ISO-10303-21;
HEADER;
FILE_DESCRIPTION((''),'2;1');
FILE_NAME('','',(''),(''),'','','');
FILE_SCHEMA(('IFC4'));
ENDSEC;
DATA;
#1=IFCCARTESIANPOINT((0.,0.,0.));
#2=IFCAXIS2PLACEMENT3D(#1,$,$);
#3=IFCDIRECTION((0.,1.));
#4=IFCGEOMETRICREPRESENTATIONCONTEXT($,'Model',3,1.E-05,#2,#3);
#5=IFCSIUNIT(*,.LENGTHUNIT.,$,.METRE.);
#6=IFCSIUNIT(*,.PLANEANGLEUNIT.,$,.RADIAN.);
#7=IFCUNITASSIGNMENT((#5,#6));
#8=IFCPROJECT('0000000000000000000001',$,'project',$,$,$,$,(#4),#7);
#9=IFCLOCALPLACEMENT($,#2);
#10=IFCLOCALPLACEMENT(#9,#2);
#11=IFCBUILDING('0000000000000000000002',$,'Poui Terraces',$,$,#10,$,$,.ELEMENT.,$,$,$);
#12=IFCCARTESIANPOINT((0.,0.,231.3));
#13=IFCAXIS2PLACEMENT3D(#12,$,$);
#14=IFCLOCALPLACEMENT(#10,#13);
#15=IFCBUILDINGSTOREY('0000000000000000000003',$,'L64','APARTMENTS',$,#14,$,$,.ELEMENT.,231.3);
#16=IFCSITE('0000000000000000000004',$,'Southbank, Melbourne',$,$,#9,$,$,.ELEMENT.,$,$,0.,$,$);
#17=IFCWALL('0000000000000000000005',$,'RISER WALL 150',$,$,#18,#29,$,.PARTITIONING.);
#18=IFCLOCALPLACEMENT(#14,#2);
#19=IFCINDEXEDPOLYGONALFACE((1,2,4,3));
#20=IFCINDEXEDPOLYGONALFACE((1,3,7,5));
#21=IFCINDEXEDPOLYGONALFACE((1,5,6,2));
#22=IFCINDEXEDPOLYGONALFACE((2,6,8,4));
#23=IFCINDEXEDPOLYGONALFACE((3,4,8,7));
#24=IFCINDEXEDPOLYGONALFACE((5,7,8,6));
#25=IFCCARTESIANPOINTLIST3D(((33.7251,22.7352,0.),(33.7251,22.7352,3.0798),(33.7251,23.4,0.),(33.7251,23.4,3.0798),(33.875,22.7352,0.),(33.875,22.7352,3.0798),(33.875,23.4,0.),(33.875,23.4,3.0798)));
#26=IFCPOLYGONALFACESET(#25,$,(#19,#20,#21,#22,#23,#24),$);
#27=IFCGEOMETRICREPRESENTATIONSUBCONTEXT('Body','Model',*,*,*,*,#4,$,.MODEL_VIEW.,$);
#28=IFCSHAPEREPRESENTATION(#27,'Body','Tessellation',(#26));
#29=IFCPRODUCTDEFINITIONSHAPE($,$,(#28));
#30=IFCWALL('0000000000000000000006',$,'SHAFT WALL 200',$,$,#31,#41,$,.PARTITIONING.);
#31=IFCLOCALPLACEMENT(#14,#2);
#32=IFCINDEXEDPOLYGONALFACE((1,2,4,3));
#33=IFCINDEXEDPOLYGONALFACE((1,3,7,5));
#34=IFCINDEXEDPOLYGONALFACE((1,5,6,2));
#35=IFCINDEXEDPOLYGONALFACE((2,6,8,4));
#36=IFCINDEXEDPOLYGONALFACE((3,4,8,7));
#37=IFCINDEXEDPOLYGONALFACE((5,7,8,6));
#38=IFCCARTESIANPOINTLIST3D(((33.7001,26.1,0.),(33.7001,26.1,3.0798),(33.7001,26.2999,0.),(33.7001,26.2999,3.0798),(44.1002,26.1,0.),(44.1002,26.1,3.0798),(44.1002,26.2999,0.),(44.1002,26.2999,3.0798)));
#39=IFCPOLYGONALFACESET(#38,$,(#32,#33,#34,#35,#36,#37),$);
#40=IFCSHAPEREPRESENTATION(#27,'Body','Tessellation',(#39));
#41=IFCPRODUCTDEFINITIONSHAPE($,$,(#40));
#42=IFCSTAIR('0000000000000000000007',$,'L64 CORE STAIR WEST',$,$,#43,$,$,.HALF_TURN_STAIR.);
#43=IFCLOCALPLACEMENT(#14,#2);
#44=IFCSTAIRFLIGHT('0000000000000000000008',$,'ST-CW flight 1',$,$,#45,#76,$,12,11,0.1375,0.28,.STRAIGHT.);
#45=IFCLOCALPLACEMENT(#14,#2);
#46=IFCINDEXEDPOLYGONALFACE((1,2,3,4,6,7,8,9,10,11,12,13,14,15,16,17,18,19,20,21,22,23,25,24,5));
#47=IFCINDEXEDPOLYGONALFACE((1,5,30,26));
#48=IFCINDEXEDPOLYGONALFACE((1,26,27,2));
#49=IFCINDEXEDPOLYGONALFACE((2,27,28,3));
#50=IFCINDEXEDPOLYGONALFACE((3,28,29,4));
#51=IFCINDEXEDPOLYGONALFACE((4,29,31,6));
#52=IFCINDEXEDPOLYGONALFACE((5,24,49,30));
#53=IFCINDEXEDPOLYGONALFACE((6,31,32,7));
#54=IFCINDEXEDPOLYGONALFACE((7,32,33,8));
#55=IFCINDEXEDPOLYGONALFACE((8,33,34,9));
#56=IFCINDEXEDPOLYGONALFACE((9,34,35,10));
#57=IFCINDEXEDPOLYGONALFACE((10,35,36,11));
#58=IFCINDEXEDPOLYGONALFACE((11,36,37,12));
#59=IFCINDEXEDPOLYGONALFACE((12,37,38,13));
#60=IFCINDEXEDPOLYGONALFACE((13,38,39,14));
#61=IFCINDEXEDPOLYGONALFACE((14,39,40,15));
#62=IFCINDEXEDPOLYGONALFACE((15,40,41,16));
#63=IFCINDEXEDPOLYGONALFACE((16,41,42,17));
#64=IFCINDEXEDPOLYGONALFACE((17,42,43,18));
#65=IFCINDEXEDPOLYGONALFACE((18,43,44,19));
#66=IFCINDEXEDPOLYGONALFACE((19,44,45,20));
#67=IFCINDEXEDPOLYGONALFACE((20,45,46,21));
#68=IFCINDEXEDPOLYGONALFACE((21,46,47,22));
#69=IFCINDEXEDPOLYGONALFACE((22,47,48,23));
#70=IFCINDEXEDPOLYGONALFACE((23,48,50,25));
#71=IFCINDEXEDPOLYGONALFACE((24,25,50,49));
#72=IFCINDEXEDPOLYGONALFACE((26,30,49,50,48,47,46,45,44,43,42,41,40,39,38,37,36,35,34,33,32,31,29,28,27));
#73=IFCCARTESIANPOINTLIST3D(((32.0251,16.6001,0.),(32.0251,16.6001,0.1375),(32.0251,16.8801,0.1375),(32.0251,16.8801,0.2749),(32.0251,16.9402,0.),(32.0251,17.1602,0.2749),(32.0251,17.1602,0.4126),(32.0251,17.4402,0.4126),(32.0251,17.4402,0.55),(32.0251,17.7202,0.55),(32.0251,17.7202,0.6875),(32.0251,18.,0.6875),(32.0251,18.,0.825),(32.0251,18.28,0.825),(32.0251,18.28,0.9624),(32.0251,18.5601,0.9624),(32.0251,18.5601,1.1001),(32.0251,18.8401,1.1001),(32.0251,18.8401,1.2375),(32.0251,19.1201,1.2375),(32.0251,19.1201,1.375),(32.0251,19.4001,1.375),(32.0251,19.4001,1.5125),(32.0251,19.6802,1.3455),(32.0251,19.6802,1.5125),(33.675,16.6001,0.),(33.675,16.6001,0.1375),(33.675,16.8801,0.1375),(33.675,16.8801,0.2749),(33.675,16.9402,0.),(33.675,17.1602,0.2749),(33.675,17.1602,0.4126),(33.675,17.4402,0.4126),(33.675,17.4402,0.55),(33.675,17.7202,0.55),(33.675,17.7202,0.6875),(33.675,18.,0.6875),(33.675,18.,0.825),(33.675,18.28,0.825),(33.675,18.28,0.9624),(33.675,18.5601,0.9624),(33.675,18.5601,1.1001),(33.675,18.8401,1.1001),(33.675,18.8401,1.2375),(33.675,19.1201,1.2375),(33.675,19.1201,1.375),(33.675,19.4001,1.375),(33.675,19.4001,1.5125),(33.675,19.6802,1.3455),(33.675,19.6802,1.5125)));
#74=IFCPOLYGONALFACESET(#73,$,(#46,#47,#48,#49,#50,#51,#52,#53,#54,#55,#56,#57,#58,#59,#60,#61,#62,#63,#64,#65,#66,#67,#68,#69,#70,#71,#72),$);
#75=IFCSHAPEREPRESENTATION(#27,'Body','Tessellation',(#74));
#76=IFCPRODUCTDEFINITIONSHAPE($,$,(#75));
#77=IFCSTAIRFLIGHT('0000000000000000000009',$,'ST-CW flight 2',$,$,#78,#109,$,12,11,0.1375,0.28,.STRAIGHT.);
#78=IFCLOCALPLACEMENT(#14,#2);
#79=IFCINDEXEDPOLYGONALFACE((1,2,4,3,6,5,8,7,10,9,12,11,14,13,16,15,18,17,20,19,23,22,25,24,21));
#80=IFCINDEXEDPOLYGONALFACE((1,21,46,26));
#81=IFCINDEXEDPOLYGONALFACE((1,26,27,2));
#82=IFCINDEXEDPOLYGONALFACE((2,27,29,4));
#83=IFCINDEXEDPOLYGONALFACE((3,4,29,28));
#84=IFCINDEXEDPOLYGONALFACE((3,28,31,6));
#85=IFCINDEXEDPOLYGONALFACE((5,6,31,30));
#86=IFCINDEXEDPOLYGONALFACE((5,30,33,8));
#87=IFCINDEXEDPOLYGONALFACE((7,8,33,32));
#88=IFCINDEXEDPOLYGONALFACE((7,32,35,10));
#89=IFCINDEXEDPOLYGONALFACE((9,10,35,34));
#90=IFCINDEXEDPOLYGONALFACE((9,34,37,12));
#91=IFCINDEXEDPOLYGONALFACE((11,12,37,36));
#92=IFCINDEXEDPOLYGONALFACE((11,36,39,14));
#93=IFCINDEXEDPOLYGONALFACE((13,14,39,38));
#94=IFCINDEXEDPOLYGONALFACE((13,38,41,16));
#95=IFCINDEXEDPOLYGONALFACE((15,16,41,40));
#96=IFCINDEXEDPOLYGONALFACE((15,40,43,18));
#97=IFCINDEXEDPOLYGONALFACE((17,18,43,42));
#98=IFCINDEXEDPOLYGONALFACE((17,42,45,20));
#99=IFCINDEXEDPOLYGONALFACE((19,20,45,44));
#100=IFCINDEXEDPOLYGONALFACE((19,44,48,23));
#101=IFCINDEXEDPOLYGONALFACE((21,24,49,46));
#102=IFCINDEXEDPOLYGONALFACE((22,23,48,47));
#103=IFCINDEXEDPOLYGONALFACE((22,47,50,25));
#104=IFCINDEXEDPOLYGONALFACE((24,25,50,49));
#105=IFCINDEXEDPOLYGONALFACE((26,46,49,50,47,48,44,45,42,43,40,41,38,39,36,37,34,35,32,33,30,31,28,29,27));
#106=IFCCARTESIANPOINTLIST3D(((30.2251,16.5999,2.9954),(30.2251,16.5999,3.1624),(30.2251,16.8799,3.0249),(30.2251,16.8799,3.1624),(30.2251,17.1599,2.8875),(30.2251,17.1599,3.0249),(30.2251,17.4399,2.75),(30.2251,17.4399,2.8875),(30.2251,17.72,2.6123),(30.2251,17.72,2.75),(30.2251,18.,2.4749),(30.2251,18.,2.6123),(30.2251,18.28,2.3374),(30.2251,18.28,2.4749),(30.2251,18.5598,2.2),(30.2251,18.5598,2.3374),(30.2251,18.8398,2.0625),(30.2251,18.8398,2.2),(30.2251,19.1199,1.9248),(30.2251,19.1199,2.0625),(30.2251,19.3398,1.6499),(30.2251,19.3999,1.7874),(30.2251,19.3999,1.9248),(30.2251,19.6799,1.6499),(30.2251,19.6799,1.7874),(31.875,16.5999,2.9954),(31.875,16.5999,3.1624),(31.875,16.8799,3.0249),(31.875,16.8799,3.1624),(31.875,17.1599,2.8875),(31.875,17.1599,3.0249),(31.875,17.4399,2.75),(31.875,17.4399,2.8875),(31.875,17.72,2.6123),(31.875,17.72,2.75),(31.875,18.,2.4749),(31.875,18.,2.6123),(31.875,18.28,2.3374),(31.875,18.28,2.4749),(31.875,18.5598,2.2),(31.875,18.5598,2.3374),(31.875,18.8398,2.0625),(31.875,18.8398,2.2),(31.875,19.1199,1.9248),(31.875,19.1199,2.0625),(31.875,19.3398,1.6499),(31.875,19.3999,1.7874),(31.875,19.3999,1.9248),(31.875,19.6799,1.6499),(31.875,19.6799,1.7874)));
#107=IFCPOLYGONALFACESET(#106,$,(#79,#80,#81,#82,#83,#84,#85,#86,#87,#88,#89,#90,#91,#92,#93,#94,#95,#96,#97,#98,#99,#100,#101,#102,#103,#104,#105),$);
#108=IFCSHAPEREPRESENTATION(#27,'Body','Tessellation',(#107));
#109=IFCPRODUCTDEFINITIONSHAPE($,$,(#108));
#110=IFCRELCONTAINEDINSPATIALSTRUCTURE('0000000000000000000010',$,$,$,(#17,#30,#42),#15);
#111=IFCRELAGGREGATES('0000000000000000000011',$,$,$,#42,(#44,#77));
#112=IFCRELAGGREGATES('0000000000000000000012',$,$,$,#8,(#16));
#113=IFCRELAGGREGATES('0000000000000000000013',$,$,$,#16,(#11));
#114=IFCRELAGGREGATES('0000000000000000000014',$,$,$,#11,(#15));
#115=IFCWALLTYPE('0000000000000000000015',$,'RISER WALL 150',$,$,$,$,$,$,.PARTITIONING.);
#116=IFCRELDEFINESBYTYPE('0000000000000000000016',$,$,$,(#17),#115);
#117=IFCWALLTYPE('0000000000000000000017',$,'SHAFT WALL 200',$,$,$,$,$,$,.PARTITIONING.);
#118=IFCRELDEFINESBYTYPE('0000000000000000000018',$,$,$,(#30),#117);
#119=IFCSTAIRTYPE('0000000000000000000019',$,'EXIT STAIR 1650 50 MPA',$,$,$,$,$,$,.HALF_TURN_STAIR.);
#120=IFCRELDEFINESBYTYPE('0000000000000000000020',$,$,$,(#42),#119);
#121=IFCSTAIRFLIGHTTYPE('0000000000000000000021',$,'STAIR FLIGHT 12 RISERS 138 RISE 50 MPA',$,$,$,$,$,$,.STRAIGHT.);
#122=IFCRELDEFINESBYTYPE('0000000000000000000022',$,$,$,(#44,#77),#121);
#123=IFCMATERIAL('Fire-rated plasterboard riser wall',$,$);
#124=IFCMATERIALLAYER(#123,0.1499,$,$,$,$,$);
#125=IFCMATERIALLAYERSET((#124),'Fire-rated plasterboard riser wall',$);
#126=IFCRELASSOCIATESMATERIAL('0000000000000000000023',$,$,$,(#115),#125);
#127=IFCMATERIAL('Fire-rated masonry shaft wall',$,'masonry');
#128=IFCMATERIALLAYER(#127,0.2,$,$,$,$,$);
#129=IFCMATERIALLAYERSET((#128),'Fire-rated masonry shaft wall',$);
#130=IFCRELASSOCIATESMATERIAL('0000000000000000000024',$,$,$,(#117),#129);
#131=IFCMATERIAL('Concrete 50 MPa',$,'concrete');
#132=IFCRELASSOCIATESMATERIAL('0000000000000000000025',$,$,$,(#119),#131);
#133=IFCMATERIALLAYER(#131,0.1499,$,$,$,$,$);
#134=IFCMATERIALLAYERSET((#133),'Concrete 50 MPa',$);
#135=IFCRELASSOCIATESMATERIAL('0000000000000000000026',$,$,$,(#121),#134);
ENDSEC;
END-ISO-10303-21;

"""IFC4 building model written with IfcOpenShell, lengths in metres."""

from ifc_helpers import new_model, si_unit, direction, frame, frame_2d, origin, place, context, subcontext, project, spatial, polyline, rectangle, outline, extrude, material, layer, layer_set, type_object, element, aggregate, save


model = new_model("IFC4")

# Units and contexts
model_context = context("Model", 3, precision=1e-05, world=origin(), true_north=direction((0.0, 1.0)))
body_context = subcontext(model_context, "Body", "Model", "MODEL_VIEW")
ifc_project = project(units=[si_unit("LENGTHUNIT", "METRE"), si_unit("PLANEANGLEUNIT", "RADIAN")], contexts=[model_context])

# Site, building, storey
site_placement = place(None, origin())
site = spatial("IfcSite", under=ifc_project, at=site_placement, Name="Southbank, Melbourne", CompositionType="ELEMENT", RefElevation=0.0)
building_placement = place(site_placement, origin())
building = spatial("IfcBuilding", under=site, at=building_placement, Name="Poui Terraces", CompositionType="ELEMENT")
storey_placement = place(building_placement, frame((0.0, 0.0, 231.3)))
storey = spatial("IfcBuildingStorey", under=building, at=storey_placement, Name="L64", Description="APARTMENTS", CompositionType="ELEMENT", Elevation=231.3)

# Walls
ifc_material_1 = material(Name="Fire-rated plasterboard riser wall")
ifc_layer_1 = layer(ifc_material_1, 0.1499)
ifc_layer_set_1 = layer_set([ifc_layer_1], Name="Fire-rated plasterboard riser wall")
wall_type_1 = type_object("IfcWallType", Name="RISER WALL 150", PredefinedType="PARTITIONING", material=ifc_layer_set_1)
wall_1_placement = place(storey_placement, frame((33.8, 22.7351, 0.0), z_axis=(0.0, 0.0, 1.0), x_axis=(0.0, 1.0, 0.0)))
element("IfcWall", 1, at=wall_1_placement, inside=storey, type_object=wall_type_1, Name="RISER WALL 150", PredefinedType="PARTITIONING", context=body_context, shape_type="SweptSolid", body=[
    extrude(rectangle(XDim=0.6648, YDim=0.1499, at=frame_2d((0.3325, 0.0))), origin(), (0.0, 0.0, 1.0), 3.0798),
])
ifc_material_2 = material(Name="Fire-rated masonry shaft wall", Category="masonry")
ifc_layer_2 = layer(ifc_material_2, 0.2)
ifc_layer_set_2 = layer_set([ifc_layer_2], Name="Fire-rated masonry shaft wall")
wall_type_2 = type_object("IfcWallType", Name="SHAFT WALL 200", PredefinedType="PARTITIONING", material=ifc_layer_set_2)
wall_2_placement = place(storey_placement, frame((33.7, 26.2, 0.0), z_axis=(0.0, 0.0, 1.0), x_axis=(1.0, 0.0, 0.0)))
element("IfcWall", 2, at=wall_2_placement, inside=storey, type_object=wall_type_2, Name="SHAFT WALL 200", PredefinedType="PARTITIONING", context=body_context, shape_type="SweptSolid", body=[
    extrude(rectangle(XDim=10.4001, YDim=0.2, at=frame_2d((5.2002, 0.0))), origin(), (0.0, 0.0, 1.0), 3.0798),
])

# Stair, stair flights
ifc_material_3 = material(Name="Concrete 50 MPa", Category="concrete")
stair_type = type_object("IfcStairType", Name="EXIT STAIR 1650 50 MPA", PredefinedType="HALF_TURN_STAIR", material=ifc_material_3)
stair_placement = place(storey_placement, origin())
stair = element("IfcStair", 3, at=stair_placement, inside=storey, type_object=stair_type, Name="L64 CORE STAIR WEST", PredefinedType="HALF_TURN_STAIR")
ifc_layer_3 = layer(ifc_material_3, 0.1499)
ifc_layer_set_3 = layer_set([ifc_layer_3], Name="Concrete 50 MPa")
stair_flight_type = type_object("IfcStairFlightType", Name="STAIR FLIGHT 12 RISERS 138 RISE 50 MPA", PredefinedType="STRAIGHT", material=ifc_layer_set_3)
stair_flight_1_placement = place(storey_placement, frame((32.8501, 16.6001, 0.0), z_axis=(0.0, 0.0, 1.0), x_axis=(0.0, 1.0, 0.0)))
stair_flight_1 = element("IfcStairFlight", 4, at=stair_flight_1_placement, type_object=stair_flight_type, Name="ST-CW flight 1", NumberOfRisers=12, NumberOfTreads=11, PredefinedType="STRAIGHT", RiserHeight=0.1375, TreadLength=0.28, context=body_context, shape_type="SweptSolid", body=[
    extrude(outline(polyline([(0.0, 0.0), (0.0, 0.1375), (0.28, 0.1375), (0.28, 0.2749), (0.5601, 0.2749), (0.5601, 0.4126), (0.8401, 0.4126), (0.8401, 0.55), (1.1201, 0.55), (1.1201, 0.6875), (1.3999, 0.6875), (1.3999, 0.825), (1.6799, 0.825), (1.6799, 0.9624), (1.96, 0.9624), (1.96, 1.1001), (2.24, 1.1001), (2.24, 1.2375), (2.52, 1.2375), (2.52, 1.375), (2.8, 1.375), (2.8, 1.5125), (3.0801, 1.5125), (3.0801, 1.6499), (3.0801, 1.3455), (0.3401, 0.0), (0.0, 0.0)])), frame((0.0, 0.825, 0.0), z_axis=(0.0, -1.0, 0.0), x_axis=(1.0, 0.0, 0.0)), (0.0, 0.0, 1.0), 1.6499),
])
stair_flight_2_placement = place(storey_placement, frame((31.05, 19.6799, 1.6499), z_axis=(0.0, 0.0, 1.0), x_axis=(0.0, -1.0, 0.0)))
stair_flight_2 = element("IfcStairFlight", 5, at=stair_flight_2_placement, type_object=stair_flight_type, Name="ST-CW flight 2", NumberOfRisers=12, NumberOfTreads=11, PredefinedType="STRAIGHT", RiserHeight=0.1375, TreadLength=0.28, context=body_context, shape_type="SweptSolid", body=[
    extrude(outline(polyline([(0.0, 0.0), (0.0, 0.1375), (0.28, 0.1375), (0.28, 0.2749), (0.5601, 0.2749), (0.5601, 0.4126), (0.8401, 0.4126), (0.8401, 0.55), (1.1201, 0.55), (1.1201, 0.6875), (1.3999, 0.6875), (1.3999, 0.825), (1.6799, 0.825), (1.6799, 0.9624), (1.96, 0.9624), (1.96, 1.1001), (2.24, 1.1001), (2.24, 1.2375), (2.52, 1.2375), (2.52, 1.375), (2.8, 1.375), (2.8, 1.5125), (3.0801, 1.5125), (3.0801, 1.6499), (3.0801, 1.3455), (0.3401, 0.0), (0.0, 0.0)])), frame((0.0, 0.825, 0.0), z_axis=(0.0, -1.0, 0.0), x_axis=(1.0, 0.0, 0.0)), (0.0, 0.0, 1.0), 1.6499),
])
aggregate(stair, [stair_flight_1, stair_flight_2])

save(model, "model.ifc")
